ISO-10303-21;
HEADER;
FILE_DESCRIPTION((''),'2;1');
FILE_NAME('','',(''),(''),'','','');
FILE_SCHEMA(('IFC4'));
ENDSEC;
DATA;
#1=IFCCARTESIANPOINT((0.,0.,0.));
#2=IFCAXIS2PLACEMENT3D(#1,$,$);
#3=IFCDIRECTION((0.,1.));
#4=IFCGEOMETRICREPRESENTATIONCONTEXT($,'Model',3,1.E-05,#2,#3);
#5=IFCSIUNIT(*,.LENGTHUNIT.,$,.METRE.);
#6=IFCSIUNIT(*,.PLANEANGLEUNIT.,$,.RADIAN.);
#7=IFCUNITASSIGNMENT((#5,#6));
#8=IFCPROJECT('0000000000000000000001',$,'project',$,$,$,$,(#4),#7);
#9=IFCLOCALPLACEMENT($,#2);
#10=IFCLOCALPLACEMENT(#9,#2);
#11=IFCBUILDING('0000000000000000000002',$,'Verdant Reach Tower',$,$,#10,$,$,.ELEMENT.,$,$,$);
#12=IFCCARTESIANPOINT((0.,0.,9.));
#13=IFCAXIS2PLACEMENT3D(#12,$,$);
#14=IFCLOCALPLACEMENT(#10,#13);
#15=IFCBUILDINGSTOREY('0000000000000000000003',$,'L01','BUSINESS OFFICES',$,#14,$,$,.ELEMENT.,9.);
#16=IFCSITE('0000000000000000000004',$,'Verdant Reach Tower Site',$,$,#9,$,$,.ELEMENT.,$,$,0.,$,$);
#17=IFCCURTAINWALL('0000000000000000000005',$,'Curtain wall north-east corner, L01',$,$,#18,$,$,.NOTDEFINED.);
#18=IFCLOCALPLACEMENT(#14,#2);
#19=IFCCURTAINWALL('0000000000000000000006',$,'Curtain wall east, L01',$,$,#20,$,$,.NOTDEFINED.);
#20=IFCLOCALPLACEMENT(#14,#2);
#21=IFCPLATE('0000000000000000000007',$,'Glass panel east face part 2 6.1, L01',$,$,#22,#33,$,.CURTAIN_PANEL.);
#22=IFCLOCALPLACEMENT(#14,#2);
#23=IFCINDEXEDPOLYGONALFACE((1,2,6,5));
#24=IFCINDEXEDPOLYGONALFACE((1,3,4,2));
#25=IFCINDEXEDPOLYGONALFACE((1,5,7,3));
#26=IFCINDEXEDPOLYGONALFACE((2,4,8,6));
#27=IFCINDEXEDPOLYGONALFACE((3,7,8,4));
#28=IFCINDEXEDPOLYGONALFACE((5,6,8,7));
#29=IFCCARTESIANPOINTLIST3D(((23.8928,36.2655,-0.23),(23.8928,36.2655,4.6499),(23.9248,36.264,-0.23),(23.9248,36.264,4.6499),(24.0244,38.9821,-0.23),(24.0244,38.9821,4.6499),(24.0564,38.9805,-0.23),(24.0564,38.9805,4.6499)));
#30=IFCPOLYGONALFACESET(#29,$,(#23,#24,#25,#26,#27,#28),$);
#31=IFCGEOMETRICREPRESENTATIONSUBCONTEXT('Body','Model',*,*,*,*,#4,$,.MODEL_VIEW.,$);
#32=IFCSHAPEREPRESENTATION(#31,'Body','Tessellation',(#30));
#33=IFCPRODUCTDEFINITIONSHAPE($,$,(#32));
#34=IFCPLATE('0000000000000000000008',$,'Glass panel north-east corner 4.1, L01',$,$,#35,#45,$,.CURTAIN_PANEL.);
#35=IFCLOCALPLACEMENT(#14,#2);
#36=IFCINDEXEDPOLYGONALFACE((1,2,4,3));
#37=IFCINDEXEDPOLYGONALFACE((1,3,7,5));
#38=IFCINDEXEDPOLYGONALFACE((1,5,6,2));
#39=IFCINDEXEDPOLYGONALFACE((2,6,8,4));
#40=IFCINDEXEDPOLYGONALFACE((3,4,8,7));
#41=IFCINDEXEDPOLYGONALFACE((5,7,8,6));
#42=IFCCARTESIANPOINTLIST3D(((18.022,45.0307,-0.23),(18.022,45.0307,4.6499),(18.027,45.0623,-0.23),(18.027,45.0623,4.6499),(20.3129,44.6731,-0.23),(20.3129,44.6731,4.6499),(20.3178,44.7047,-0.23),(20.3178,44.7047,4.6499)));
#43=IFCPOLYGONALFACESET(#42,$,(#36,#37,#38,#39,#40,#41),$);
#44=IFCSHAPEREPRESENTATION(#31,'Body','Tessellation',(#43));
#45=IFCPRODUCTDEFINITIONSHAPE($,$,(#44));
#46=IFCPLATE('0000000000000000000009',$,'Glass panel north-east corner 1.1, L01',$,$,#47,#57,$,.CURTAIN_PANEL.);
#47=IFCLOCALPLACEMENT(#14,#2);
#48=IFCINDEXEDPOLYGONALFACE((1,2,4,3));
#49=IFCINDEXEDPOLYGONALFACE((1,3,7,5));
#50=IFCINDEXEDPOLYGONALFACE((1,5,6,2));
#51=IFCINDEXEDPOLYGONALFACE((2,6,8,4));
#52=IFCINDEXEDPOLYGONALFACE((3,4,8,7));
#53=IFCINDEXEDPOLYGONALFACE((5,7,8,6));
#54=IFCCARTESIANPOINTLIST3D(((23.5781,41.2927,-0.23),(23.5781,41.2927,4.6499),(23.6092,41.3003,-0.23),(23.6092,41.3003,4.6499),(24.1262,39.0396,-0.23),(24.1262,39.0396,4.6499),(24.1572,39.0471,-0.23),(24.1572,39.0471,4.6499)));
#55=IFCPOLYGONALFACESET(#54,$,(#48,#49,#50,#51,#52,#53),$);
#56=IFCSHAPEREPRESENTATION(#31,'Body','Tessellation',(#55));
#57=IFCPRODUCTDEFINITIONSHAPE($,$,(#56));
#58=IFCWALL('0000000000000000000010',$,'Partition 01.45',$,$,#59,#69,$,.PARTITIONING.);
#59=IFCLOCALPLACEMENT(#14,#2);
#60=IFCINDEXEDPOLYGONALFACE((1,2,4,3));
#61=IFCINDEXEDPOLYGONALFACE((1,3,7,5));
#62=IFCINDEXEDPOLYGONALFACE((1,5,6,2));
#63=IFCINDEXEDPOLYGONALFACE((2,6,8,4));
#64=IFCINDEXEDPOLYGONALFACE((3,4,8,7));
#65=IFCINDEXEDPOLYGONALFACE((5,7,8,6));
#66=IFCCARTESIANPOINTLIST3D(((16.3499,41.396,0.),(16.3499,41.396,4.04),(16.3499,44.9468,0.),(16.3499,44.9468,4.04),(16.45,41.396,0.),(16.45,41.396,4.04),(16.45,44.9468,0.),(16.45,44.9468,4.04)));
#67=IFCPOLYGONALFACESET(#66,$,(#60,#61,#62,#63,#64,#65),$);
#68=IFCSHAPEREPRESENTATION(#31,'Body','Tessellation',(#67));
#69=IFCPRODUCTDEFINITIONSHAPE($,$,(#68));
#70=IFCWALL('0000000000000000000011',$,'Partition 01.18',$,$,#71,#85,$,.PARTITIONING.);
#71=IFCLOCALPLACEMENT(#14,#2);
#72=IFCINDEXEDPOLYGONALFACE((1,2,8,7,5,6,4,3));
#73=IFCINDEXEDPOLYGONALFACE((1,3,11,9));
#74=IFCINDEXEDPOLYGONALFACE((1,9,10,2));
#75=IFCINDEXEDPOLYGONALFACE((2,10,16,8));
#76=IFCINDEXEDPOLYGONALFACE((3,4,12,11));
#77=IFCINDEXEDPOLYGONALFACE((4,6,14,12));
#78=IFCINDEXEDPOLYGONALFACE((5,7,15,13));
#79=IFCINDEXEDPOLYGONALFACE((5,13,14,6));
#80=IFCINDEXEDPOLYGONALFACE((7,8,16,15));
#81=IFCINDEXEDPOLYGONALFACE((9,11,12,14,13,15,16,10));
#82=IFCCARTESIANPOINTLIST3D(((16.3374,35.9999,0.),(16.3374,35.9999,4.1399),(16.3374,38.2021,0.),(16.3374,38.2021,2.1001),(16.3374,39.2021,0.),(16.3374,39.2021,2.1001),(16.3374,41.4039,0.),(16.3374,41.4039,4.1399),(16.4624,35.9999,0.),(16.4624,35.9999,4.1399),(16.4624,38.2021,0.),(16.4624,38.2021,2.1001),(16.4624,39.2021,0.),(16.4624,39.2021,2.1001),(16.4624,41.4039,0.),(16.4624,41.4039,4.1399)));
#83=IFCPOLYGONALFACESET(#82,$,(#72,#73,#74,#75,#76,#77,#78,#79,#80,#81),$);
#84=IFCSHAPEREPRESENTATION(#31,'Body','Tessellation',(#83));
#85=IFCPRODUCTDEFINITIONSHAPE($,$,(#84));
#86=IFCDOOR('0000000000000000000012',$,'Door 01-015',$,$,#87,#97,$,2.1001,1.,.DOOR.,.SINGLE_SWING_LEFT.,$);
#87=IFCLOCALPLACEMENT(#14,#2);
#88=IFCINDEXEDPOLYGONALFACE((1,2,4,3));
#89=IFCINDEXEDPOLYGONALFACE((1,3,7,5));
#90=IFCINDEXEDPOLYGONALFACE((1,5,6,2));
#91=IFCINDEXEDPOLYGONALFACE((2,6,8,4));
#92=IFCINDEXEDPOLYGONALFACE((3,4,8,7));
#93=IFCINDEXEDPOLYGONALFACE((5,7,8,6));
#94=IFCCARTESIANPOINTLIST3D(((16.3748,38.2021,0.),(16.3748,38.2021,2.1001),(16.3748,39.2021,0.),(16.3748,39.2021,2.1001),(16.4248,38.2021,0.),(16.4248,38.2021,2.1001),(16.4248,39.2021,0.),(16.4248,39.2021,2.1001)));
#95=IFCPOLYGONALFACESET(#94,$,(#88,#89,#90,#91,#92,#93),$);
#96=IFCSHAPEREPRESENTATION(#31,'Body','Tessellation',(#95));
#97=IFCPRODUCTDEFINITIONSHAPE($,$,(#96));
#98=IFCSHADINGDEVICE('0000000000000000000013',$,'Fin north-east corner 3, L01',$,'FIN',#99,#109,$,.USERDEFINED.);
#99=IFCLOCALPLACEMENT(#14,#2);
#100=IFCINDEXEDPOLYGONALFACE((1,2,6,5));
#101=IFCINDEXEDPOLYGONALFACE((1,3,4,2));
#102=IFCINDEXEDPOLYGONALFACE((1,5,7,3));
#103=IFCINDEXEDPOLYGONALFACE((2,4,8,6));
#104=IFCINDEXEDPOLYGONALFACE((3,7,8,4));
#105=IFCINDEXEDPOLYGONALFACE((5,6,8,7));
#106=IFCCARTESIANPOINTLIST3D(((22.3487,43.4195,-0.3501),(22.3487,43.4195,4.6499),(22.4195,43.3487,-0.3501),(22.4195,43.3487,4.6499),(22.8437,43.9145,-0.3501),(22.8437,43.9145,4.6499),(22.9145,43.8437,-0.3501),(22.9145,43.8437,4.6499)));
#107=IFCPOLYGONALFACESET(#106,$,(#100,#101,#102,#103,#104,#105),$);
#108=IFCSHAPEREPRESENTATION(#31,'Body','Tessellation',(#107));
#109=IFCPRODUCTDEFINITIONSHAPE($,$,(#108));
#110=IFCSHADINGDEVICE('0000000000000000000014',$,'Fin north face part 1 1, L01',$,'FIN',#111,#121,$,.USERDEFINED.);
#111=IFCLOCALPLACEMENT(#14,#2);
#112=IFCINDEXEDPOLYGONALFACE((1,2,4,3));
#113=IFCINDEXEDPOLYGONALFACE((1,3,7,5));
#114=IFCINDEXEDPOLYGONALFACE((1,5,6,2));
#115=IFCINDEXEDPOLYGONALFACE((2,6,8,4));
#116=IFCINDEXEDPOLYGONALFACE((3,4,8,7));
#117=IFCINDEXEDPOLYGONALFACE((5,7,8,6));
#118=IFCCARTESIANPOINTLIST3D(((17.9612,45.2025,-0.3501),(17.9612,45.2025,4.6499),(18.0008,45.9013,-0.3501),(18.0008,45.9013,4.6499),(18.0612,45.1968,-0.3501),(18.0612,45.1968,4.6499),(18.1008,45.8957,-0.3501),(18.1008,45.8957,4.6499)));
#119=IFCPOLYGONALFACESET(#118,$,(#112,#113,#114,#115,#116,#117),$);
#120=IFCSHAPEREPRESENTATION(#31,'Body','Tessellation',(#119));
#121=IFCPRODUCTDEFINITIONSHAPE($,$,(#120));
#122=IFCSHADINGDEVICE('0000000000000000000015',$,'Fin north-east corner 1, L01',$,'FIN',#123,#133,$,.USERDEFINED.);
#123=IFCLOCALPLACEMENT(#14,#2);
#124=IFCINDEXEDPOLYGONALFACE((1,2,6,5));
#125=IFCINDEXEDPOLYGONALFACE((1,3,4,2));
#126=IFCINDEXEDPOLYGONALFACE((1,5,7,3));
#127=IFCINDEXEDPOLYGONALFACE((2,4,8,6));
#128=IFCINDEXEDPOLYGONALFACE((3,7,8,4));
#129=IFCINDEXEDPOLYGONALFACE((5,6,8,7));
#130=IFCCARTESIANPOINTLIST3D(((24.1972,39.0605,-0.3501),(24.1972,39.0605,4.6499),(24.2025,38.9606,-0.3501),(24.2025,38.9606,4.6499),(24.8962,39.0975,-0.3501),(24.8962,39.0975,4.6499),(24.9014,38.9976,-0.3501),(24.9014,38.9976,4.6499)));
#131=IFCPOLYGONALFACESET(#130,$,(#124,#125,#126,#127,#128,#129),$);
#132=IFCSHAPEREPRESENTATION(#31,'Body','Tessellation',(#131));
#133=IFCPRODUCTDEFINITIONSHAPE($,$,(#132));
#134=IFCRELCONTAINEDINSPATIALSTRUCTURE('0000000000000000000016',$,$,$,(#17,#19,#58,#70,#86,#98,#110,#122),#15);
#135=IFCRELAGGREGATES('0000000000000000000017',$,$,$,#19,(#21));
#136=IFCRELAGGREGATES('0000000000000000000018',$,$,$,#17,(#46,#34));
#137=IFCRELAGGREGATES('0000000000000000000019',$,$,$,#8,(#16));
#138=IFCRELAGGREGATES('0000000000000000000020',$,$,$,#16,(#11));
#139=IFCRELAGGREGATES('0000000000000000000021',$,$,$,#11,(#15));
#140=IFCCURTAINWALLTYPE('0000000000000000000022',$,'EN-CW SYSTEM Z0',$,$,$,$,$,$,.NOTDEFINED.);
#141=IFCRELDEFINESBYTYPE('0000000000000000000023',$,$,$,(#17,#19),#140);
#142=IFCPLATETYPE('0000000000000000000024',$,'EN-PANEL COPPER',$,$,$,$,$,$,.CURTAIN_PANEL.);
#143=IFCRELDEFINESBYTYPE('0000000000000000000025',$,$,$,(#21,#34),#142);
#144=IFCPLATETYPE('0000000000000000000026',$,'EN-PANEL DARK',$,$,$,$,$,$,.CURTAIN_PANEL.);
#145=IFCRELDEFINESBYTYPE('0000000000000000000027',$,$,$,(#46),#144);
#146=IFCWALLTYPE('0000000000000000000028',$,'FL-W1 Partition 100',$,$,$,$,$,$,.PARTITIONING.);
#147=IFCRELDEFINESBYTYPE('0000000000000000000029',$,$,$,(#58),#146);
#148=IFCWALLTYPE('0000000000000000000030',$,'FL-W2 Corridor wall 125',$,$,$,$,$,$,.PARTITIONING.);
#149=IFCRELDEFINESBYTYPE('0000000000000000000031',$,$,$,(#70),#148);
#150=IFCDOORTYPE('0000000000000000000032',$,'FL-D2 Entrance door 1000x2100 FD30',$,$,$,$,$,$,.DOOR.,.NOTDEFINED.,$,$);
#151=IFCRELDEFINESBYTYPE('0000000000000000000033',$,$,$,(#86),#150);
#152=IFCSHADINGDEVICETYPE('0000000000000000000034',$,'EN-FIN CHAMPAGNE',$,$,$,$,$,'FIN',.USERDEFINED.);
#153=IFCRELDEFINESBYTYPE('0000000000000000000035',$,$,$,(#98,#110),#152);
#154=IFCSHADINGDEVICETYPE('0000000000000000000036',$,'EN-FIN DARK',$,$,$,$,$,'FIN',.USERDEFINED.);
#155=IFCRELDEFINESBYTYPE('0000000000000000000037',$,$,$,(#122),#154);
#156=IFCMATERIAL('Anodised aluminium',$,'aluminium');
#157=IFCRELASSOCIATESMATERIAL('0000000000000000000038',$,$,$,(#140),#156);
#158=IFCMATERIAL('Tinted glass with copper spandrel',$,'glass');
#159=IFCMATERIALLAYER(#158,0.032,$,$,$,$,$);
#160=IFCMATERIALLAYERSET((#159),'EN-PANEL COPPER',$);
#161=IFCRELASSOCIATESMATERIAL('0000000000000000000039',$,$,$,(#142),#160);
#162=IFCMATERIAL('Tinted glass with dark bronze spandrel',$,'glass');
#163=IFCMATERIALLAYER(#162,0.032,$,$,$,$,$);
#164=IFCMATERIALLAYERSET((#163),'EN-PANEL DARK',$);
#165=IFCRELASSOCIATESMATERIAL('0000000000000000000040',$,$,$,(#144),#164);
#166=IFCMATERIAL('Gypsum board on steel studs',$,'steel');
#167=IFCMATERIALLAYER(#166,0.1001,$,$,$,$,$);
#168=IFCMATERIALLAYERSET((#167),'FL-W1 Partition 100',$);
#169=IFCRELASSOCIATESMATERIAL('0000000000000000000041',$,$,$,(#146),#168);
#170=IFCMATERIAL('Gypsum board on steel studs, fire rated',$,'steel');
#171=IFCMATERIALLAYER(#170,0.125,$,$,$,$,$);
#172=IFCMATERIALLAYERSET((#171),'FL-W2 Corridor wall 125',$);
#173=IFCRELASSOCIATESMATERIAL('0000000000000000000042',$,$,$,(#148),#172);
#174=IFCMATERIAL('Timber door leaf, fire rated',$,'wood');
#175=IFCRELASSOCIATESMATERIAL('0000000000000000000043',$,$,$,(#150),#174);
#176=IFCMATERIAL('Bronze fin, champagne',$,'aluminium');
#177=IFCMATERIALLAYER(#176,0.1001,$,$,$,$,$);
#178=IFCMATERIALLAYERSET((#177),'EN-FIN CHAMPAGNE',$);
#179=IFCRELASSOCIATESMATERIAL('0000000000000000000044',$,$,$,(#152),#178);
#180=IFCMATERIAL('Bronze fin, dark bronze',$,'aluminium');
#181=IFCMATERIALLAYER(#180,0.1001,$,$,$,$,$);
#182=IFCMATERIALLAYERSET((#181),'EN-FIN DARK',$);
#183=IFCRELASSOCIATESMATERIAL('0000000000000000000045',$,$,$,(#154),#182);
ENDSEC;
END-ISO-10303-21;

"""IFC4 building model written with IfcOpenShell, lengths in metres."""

from ifc_helpers import new_model, si_unit, direction, frame, frame_2d, origin, origin_2d, place, context, subcontext, project, spatial, rectangle, extrude, material, layer, layer_set, type_object, element, fill, aggregate, save


model = new_model("IFC4")

# Units and contexts
model_context = context("Model", 3, precision=1e-05, world=origin(), true_north=direction((0.0, 1.0)))
body_context = subcontext(model_context, "Body", "Model", "MODEL_VIEW")
ifc_project = project(units=[si_unit("LENGTHUNIT", "METRE"), si_unit("PLANEANGLEUNIT", "RADIAN")], contexts=[model_context])

# Site, building, storey
site_placement = place(None, origin())
site = spatial("IfcSite", under=ifc_project, at=site_placement, Name="Verdant Reach Tower Site", CompositionType="ELEMENT", RefElevation=0.0)
building_placement = place(site_placement, origin())
building = spatial("IfcBuilding", under=site, at=building_placement, Name="Verdant Reach Tower", CompositionType="ELEMENT")
storey_placement = place(building_placement, frame((0.0, 0.0, 9.0)))
storey = spatial("IfcBuildingStorey", under=building, at=storey_placement, Name="L01", Description="BUSINESS OFFICES", CompositionType="ELEMENT", Elevation=9.0)

# Curtain wall
ifc_material_1 = material(Name="Anodised aluminium", Category="aluminium")
curtain_wall_type = type_object("IfcCurtainWallType", Name="EN-CW SYSTEM Z0", PredefinedType="NOTDEFINED", material=ifc_material_1)
curtain_wall_1_placement = place(storey_placement, origin())
curtain_wall_1 = element("IfcCurtainWall", 1, at=curtain_wall_1_placement, inside=storey, type_object=curtain_wall_type, Name="Curtain wall north-east corner, L01", PredefinedType="NOTDEFINED")

# Curtain wall, plate
curtain_wall_2_placement = place(storey_placement, origin())
curtain_wall_2 = element("IfcCurtainWall", 2, at=curtain_wall_2_placement, inside=storey, type_object=curtain_wall_type, Name="Curtain wall east, L01", PredefinedType="NOTDEFINED")
ifc_material_2 = material(Name="Tinted glass with copper spandrel", Category="glass")
ifc_layer_1 = layer(ifc_material_2, 0.032)
ifc_layer_set_1 = layer_set([ifc_layer_1], Name="EN-PANEL COPPER")
plate_type_1 = type_object("IfcPlateType", Name="EN-PANEL COPPER", PredefinedType="CURTAIN_PANEL", material=ifc_layer_set_1)
plate_1_placement = place(storey_placement, frame((23.9746, 37.623, -0.23), z_axis=(0.0, 0.0, 1.0), x_axis=(0.048383, 0.998829, 0.0)))
plate_1 = element("IfcPlate", 3, at=plate_1_placement, type_object=plate_type_1, Name="Glass panel east face part 2 6.1, L01", PredefinedType="CURTAIN_PANEL", context=body_context, shape_type="SweptSolid", body=[
    extrude(rectangle(XDim=2.7197, YDim=0.032, at=origin_2d()), origin(), (0.0, 0.0, 1.0), 4.8799),
])
aggregate(curtain_wall_2, [plate_1])

# Plates
plate_2_placement = place(storey_placement, frame((19.1699, 44.8677, -0.23), z_axis=(0.0, 0.0, 1.0), x_axis=(-0.988035, 0.154233, 0.0)))
plate_2 = element("IfcPlate", 4, at=plate_2_placement, type_object=plate_type_1, Name="Glass panel north-east corner 4.1, L01", PredefinedType="CURTAIN_PANEL", context=body_context, shape_type="SweptSolid", body=[
    extrude(rectangle(XDim=2.3186, YDim=0.032, at=origin_2d()), origin(), (0.0, 0.0, 1.0), 4.8799),
])
ifc_material_3 = material(Name="Tinted glass with dark bronze spandrel", Category="glass")
ifc_layer_2 = layer(ifc_material_3, 0.032)
ifc_layer_set_2 = layer_set([ifc_layer_2], Name="EN-PANEL DARK")
plate_type_2 = type_object("IfcPlateType", Name="EN-PANEL DARK", PredefinedType="CURTAIN_PANEL", material=ifc_layer_set_2)
plate_3_placement = place(storey_placement, frame((23.8677, 40.1699, -0.23), z_axis=(0.0, 0.0, 1.0), x_axis=(-0.236347, 0.971669, 0.0)))
plate_3 = element("IfcPlate", 5, at=plate_3_placement, type_object=plate_type_2, Name="Glass panel north-east corner 1.1, L01", PredefinedType="CURTAIN_PANEL", context=body_context, shape_type="SweptSolid", body=[
    extrude(rectangle(XDim=2.3188, YDim=0.032, at=origin_2d()), origin(), (0.0, 0.0, 1.0), 4.8799),
])
aggregate(curtain_wall_1, [plate_3, plate_2])

# Wall
ifc_material_4 = material(Name="Gypsum board on steel studs", Category="steel")
ifc_layer_3 = layer(ifc_material_4, 0.1001)
ifc_layer_set_3 = layer_set([ifc_layer_3], Name="FL-W1 Partition 100")
wall_type_1 = type_object("IfcWallType", Name="FL-W1 Partition 100", PredefinedType="PARTITIONING", material=ifc_layer_set_3)
wall_1_placement = place(storey_placement, frame((16.3999, 41.396, 0.0), z_axis=(0.0, 0.0, 1.0), x_axis=(0.0, 1.0, 0.0)))
element("IfcWall", 6, at=wall_1_placement, inside=storey, type_object=wall_type_1, Name="Partition 01.45", PredefinedType="PARTITIONING", context=body_context, shape_type="SweptSolid", body=[
    extrude(rectangle(XDim=3.5508, YDim=0.1001, at=frame_2d((1.7754, 0.0))), origin(), (0.0, 0.0, 1.0), 4.04),
])

# Wall, opening, door
ifc_material_5 = material(Name="Gypsum board on steel studs, fire rated", Category="steel")
ifc_layer_4 = layer(ifc_material_5, 0.125)
ifc_layer_set_4 = layer_set([ifc_layer_4], Name="FL-W2 Corridor wall 125")
wall_type_2 = type_object("IfcWallType", Name="FL-W2 Corridor wall 125", PredefinedType="PARTITIONING", material=ifc_layer_set_4)
wall_2_placement = place(storey_placement, frame((16.3999, 41.4041, 0.0), z_axis=(0.0, 0.0, 1.0), x_axis=(0.0, -1.0, 0.0)))
wall_2 = element("IfcWall", 7, at=wall_2_placement, inside=storey, type_object=wall_type_2, Name="Partition 01.18", PredefinedType="PARTITIONING", context=body_context, shape_type="SweptSolid", body=[
    extrude(rectangle(XDim=5.4041, YDim=0.125, at=frame_2d((2.7021, 0.0))), origin(), (0.0, 0.0, 1.0), 4.1399),
])
opening_placement = place(wall_2_placement, frame((2.2019, 0.0, 0.0)))
opening = element("IfcOpeningElement", 8, at=opening_placement, cuts=wall_2, PredefinedType="OPENING", context=body_context, shape_type="SweptSolid", body=[
    extrude(rectangle(XDim=1.0, YDim=2.1001, at=frame_2d((0.5, 1.05))), frame((0.0, 0.0725, 0.0), z_axis=(0.0, -1.0, 0.0), x_axis=(1.0, 0.0, 0.0)), (0.0, 0.0, 1.0), 0.145),
])
ifc_material_6 = material(Name="Timber door leaf, fire rated", Category="wood")
door_type = type_object("IfcDoorType", Name="FL-D2 Entrance door 1000x2100 FD30", OperationType="NOTDEFINED", PredefinedType="DOOR", material=ifc_material_6)
door_placement = place(opening_placement, origin())
door = element("IfcDoor", 9, at=door_placement, inside=storey, type_object=door_type, Name="Door 01-015", OperationType="SINGLE_SWING_LEFT", OverallHeight=2.1001, OverallWidth=1.0, PredefinedType="DOOR", context=body_context, shape_type="SweptSolid", body=[
    extrude(rectangle(XDim=1.0, YDim=2.1001, at=frame_2d((0.5, 1.05))), frame((0.0, 0.0249, 0.0), z_axis=(0.0, -1.0, 0.0), x_axis=(1.0, 0.0, 0.0)), (0.0, 0.0, 1.0), 0.05),
])
fill(opening, door)

# Shading devices
ifc_material_7 = material(Name="Bronze fin, champagne", Category="aluminium")
ifc_layer_5 = layer(ifc_material_7, 0.1001)
ifc_layer_set_5 = layer_set([ifc_layer_5], Name="EN-FIN CHAMPAGNE")
shading_device_type_1 = type_object("IfcShadingDeviceType", Name="EN-FIN CHAMPAGNE", ElementType="FIN", PredefinedType="USERDEFINED", material=ifc_layer_set_5)
for number, where, z_axis, x_axis, name in (
    (10, (22.6316, 43.6316, -0.3501), (0.0, 0.0, 1.0), (-0.707107, 0.707107, 0.0), "Fin north-east corner 3, L01"),
    (11, (18.031, 45.5491, -0.3501), (0.0, 0.0, 1.0), (-0.998399, 0.056569, 0.0), "Fin north face part 1 1, L01"),
):
    element("IfcShadingDevice", number, at=place(storey_placement, frame(where, z_axis=z_axis, x_axis=x_axis)), inside=storey, type_object=shading_device_type_1, Name=name, ObjectType="FIN", PredefinedType="USERDEFINED", context=body_context, shape_type="SweptSolid", body=[
        extrude(rectangle(XDim=0.1001, YDim=0.7, at=origin_2d()), origin(), (0.0, 0.0, 1.0), 5.0),
    ])
ifc_material_8 = material(Name="Bronze fin, dark bronze", Category="aluminium")
ifc_layer_6 = layer(ifc_material_8, 0.1001)
ifc_layer_set_6 = layer_set([ifc_layer_6], Name="EN-FIN DARK")
shading_device_type_2 = type_object("IfcShadingDeviceType", Name="EN-FIN DARK", ElementType="FIN", PredefinedType="USERDEFINED", material=ifc_layer_set_6)
shading_device_placement = place(storey_placement, frame((24.5493, 39.0291, -0.3501), z_axis=(0.0, 0.0, 1.0), x_axis=(-0.052815, 0.998604, 0.0)))
element("IfcShadingDevice", 12, at=shading_device_placement, inside=storey, type_object=shading_device_type_2, Name="Fin north-east corner 1, L01", ObjectType="FIN", PredefinedType="USERDEFINED", context=body_context, shape_type="SweptSolid", body=[
    extrude(rectangle(XDim=0.1001, YDim=0.7, at=origin_2d()), origin(), (0.0, 0.0, 1.0), 5.0),
])

save(model, "model.ifc")
